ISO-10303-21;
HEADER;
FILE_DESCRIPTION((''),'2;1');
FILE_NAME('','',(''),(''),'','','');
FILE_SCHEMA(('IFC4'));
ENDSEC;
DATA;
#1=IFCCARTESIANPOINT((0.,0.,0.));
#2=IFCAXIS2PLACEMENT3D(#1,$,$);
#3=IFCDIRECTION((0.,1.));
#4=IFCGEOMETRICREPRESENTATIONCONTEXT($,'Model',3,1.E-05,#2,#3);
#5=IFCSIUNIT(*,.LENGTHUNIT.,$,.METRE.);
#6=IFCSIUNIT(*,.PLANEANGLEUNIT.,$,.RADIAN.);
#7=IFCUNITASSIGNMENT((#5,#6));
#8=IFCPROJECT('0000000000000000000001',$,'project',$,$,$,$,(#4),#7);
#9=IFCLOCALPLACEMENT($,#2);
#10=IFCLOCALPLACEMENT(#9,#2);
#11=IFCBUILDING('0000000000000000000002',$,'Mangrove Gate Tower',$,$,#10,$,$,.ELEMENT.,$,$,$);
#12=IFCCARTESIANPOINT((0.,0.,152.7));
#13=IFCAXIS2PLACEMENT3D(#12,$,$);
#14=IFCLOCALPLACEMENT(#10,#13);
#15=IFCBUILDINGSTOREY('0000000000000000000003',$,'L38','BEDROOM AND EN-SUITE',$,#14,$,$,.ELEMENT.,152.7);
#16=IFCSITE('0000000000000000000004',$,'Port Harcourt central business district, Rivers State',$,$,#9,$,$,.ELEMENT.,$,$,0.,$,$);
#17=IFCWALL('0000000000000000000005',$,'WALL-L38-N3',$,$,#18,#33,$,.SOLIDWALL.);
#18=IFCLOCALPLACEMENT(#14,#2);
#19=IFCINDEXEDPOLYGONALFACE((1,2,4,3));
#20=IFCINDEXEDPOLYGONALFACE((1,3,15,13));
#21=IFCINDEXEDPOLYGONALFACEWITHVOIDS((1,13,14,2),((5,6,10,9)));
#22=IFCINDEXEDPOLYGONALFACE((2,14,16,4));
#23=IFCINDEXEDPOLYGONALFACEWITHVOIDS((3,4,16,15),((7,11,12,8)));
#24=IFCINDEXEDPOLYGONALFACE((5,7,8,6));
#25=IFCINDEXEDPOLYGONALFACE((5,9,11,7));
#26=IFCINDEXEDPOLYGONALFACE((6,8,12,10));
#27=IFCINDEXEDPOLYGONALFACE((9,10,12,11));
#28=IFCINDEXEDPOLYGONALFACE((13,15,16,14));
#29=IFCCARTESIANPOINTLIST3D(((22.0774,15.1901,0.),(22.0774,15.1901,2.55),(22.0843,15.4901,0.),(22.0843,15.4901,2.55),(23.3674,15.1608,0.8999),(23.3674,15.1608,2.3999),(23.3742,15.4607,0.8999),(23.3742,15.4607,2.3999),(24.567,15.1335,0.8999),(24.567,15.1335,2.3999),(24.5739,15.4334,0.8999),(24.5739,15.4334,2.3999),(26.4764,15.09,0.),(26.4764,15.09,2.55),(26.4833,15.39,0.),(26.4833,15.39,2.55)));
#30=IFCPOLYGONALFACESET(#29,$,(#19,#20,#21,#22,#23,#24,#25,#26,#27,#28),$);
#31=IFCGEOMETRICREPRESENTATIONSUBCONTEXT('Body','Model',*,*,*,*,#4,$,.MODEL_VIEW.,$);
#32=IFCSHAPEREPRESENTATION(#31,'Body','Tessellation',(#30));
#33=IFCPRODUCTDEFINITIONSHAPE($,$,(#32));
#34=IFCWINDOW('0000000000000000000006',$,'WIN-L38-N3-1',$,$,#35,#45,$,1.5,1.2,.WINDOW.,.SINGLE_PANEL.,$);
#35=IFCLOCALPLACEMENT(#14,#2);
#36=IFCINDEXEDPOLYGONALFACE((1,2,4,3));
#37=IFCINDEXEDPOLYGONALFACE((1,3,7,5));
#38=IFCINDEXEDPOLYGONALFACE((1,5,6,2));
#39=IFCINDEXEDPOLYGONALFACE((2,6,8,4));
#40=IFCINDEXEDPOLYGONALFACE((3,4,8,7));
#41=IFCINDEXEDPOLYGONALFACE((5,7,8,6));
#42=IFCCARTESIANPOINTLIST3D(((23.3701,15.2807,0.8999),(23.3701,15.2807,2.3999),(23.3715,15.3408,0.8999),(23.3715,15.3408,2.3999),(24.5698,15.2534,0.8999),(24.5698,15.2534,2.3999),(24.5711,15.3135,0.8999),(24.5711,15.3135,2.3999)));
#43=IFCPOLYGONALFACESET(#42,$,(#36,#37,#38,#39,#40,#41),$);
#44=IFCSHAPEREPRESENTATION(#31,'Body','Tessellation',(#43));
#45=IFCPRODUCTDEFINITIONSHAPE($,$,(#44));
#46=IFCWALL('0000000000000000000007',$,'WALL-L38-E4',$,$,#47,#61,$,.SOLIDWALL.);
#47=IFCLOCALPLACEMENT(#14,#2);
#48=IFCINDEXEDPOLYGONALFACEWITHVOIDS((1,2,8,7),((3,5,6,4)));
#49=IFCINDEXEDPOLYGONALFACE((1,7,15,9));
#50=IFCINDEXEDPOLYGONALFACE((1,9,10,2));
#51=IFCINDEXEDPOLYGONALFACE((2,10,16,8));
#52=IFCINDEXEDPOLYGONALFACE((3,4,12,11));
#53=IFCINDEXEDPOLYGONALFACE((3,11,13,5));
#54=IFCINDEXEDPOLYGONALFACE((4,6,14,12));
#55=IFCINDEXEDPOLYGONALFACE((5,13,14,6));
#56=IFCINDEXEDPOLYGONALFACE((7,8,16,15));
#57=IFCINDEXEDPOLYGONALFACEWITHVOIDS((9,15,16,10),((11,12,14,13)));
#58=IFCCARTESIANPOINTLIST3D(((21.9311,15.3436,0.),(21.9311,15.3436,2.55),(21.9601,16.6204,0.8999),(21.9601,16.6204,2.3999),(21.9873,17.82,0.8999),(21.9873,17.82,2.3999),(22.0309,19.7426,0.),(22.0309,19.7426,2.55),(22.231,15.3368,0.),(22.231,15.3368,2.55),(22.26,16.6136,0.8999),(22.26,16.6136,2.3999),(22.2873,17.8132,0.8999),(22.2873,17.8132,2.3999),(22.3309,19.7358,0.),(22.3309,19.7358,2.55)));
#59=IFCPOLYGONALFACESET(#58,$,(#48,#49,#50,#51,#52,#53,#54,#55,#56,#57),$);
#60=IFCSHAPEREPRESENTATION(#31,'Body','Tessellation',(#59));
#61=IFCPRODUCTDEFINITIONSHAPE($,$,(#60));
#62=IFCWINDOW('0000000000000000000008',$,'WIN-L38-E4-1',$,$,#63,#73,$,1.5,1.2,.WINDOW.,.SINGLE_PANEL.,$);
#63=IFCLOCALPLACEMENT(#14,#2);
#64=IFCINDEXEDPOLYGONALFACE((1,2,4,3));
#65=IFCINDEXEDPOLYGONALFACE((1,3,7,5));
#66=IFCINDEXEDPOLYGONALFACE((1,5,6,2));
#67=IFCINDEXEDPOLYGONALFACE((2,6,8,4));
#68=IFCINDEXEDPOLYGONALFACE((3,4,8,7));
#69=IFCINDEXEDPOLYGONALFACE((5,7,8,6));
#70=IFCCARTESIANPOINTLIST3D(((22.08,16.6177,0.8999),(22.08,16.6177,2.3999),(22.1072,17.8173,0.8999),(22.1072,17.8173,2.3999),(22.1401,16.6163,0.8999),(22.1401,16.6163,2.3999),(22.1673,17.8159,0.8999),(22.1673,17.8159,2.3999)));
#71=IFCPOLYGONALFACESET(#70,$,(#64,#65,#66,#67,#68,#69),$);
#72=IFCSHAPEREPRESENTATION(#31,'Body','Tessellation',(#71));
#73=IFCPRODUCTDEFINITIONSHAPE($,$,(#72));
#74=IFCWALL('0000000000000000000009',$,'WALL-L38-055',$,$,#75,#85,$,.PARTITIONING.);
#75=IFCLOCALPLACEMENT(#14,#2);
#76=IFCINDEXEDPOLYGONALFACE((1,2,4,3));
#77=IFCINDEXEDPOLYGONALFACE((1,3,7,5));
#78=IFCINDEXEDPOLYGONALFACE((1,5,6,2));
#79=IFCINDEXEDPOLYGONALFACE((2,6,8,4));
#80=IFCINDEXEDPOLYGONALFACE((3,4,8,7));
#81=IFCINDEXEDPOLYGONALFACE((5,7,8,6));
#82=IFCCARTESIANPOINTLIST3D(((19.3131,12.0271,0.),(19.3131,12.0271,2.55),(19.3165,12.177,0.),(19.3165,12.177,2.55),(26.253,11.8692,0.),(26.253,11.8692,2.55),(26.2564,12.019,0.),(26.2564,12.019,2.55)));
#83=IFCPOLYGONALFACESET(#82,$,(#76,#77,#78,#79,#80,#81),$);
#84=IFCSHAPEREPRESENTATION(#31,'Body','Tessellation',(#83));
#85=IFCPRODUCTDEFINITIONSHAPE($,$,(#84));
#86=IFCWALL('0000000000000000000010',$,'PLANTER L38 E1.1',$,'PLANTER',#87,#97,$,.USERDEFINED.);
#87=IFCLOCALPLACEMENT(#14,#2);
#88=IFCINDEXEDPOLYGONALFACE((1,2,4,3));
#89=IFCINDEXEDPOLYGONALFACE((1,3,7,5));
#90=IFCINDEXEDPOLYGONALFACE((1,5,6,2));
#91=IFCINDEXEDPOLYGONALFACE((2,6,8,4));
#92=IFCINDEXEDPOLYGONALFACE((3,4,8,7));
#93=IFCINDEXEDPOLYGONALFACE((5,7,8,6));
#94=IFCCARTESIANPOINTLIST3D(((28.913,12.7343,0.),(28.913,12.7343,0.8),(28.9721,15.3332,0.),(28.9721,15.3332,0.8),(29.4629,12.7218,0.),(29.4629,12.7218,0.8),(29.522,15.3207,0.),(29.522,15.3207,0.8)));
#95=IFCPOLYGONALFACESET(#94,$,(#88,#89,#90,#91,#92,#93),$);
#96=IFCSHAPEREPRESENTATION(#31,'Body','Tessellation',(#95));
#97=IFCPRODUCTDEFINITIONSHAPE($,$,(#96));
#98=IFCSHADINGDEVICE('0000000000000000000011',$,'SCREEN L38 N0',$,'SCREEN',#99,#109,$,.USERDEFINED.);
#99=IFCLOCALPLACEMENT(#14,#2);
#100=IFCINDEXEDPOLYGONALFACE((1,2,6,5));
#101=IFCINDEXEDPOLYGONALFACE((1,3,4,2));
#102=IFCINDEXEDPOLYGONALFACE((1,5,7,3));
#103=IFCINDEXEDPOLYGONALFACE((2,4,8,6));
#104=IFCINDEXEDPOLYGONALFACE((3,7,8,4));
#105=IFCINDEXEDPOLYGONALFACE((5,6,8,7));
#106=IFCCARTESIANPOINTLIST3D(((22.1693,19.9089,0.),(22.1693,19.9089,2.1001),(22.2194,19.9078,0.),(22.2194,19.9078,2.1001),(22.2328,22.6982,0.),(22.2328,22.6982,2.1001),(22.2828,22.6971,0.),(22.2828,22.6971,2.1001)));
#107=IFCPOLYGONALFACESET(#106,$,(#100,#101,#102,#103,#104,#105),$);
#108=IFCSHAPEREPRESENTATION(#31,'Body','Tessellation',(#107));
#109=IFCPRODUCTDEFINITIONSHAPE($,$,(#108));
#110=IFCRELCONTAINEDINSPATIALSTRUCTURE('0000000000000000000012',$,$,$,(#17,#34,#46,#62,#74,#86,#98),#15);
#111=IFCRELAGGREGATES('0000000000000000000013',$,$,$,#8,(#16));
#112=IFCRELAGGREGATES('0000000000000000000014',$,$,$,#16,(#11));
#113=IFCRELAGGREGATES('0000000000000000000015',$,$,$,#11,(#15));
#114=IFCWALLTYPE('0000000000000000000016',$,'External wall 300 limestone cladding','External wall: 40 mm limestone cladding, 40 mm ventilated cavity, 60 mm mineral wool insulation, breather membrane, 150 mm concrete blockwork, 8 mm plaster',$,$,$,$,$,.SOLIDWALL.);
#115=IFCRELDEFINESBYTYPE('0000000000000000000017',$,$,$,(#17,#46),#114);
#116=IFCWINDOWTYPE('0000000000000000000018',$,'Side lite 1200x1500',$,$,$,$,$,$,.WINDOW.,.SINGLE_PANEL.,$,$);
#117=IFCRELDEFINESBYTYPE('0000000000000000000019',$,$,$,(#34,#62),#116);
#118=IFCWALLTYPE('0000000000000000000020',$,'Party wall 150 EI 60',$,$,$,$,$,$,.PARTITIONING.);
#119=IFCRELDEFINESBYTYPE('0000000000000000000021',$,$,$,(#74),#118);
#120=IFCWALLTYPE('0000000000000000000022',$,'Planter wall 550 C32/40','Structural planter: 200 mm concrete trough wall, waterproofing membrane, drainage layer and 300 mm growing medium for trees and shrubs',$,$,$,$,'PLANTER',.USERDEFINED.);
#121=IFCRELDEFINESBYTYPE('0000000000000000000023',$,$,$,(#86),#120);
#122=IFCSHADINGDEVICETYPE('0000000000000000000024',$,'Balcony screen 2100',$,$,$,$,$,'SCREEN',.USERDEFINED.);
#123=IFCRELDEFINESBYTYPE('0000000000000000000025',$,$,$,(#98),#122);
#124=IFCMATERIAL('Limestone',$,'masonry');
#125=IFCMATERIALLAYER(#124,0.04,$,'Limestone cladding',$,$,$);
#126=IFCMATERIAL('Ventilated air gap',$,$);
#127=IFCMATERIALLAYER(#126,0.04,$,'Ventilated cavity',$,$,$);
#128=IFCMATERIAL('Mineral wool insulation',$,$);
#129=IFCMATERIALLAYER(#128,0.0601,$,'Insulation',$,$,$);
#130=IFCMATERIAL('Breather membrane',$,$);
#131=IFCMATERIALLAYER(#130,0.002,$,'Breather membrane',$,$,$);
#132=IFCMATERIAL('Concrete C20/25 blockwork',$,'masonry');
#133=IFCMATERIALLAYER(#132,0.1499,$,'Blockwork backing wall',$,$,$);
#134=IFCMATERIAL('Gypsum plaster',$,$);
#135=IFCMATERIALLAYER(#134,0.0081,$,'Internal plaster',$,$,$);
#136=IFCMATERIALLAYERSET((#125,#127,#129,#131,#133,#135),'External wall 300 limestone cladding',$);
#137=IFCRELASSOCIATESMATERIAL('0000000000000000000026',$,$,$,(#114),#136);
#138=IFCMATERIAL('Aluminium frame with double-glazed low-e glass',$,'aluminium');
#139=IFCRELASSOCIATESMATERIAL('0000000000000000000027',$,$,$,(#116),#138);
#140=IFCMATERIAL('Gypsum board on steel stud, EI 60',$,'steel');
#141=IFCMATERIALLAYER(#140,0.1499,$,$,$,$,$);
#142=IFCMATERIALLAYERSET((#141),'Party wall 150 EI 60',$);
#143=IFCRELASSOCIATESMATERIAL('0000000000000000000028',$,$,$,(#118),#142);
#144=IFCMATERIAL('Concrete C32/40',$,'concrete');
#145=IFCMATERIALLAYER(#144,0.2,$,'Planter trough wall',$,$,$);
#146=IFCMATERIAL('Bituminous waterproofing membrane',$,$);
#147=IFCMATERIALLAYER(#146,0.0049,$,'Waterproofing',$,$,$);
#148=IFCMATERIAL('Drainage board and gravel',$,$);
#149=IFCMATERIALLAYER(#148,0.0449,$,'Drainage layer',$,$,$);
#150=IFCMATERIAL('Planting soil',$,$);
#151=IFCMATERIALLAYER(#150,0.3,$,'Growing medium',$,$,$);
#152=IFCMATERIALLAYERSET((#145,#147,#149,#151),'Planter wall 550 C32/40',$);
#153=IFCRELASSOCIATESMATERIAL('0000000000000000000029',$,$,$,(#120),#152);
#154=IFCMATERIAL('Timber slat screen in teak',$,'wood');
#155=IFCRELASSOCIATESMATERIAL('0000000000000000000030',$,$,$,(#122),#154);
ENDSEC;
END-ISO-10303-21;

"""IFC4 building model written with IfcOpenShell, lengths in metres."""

from ifc_helpers import new_model, si_unit, direction, frame, frame_2d, origin, origin_2d, place, context, subcontext, project, spatial, rectangle, extrude, material, layer, layer_set, type_object, element, fill, save


model = new_model("IFC4")

# Units and contexts
model_context = context("Model", 3, precision=1e-05, world=origin(), true_north=direction((0.0, 1.0)))
body_context = subcontext(model_context, "Body", "Model", "MODEL_VIEW")
ifc_project = project(units=[si_unit("LENGTHUNIT", "METRE"), si_unit("PLANEANGLEUNIT", "RADIAN")], contexts=[model_context])

# Site, building, storey
site_placement = place(None, origin())
site = spatial("IfcSite", under=ifc_project, at=site_placement, Name="Port Harcourt central business district, Rivers State", CompositionType="ELEMENT", RefElevation=0.0)
building_placement = place(site_placement, origin())
building = spatial("IfcBuilding", under=site, at=building_placement, Name="Mangrove Gate Tower", CompositionType="ELEMENT")
storey_placement = place(building_placement, frame((0.0, 0.0, 152.7)))
storey = spatial("IfcBuildingStorey", under=building, at=storey_placement, Name="L38", Description="BEDROOM AND EN-SUITE", CompositionType="ELEMENT", Elevation=152.7)

# Walls, openings, windows
ifc_material_1 = material(Name="Limestone", Category="masonry")
ifc_layer_1 = layer(ifc_material_1, 0.04, Name="Limestone cladding")
ifc_material_2 = material(Name="Ventilated air gap")
ifc_layer_2 = layer(ifc_material_2, 0.04, Name="Ventilated cavity")
ifc_material_3 = material(Name="Mineral wool insulation")
ifc_layer_3 = layer(ifc_material_3, 0.0601, Name="Insulation")
ifc_material_4 = material(Name="Breather membrane")
ifc_layer_4 = layer(ifc_material_4, 0.002, Name="Breather membrane")
ifc_material_5 = material(Name="Concrete C20/25 blockwork", Category="masonry")
ifc_layer_5 = layer(ifc_material_5, 0.1499, Name="Blockwork backing wall")
ifc_material_6 = material(Name="Gypsum plaster")
ifc_layer_6 = layer(ifc_material_6, 0.0081, Name="Internal plaster")
ifc_layer_set_1 = layer_set([ifc_layer_1, ifc_layer_2, ifc_layer_3, ifc_layer_4, ifc_layer_5, ifc_layer_6], Name="External wall 300 limestone cladding")
wall_type_1 = type_object("IfcWallType", Name="External wall 300 limestone cladding", Description="External wall: 40 mm limestone cladding, 40 mm ventilated cavity, 60 mm mineral wool insulation, breather membrane, 150 mm concrete blockwork, 8 mm plaster", PredefinedType="SOLIDWALL", material=ifc_layer_set_1)
wall_1_placement = place(storey_placement, frame((26.48, 15.24, 0.0), z_axis=(0.0, 0.0, 1.0), x_axis=(-0.999741, 0.022749, 0.0)))
wall_1 = element("IfcWall", 1, at=wall_1_placement, inside=storey, type_object=wall_type_1, Name="WALL-L38-N3", PredefinedType="SOLIDWALL", context=body_context, shape_type="SweptSolid", body=[
    extrude(rectangle(XDim=4.4001, YDim=0.3, at=frame_2d((2.2002, 0.0))), origin(), (0.0, 0.0, 1.0), 2.55),
])
opening_1_placement = place(wall_1_placement, frame((1.9099, 0.0, 0.8999)))
opening_1 = element("IfcOpeningElement", 2, at=opening_1_placement, cuts=wall_1, PredefinedType="OPENING", context=body_context, shape_type="SweptSolid", body=[
    extrude(rectangle(XDim=1.2, YDim=1.5, at=frame_2d((0.6001, 0.75))), frame((0.0, 0.1599, 0.0), z_axis=(0.0, -1.0, 0.0), x_axis=(1.0, 0.0, 0.0)), (0.0, 0.0, 1.0), 0.3201),
])
ifc_material_7 = material(Name="Aluminium frame with double-glazed low-e glass", Category="aluminium")
window_type_1 = type_object("IfcWindowType", Name="Side lite 1200x1500", PartitioningType="SINGLE_PANEL", PredefinedType="WINDOW", material=ifc_material_7)
window_1_placement = place(opening_1_placement, origin())
window_1 = element("IfcWindow", 3, at=window_1_placement, inside=storey, type_object=window_type_1, Name="WIN-L38-N3-1", OverallHeight=1.5, OverallWidth=1.2, PartitioningType="SINGLE_PANEL", PredefinedType="WINDOW", context=body_context, shape_type="SweptSolid", body=[
    extrude(rectangle(XDim=1.2, YDim=1.5, at=frame_2d((0.6001, 0.75))), frame((0.0, 0.03, 0.0), z_axis=(0.0, -1.0, 0.0), x_axis=(1.0, 0.0, 0.0)), (0.0, 0.0, 1.0), 0.0601),
])
fill(opening_1, window_1)
wall_2_placement = place(storey_placement, frame((22.0811, 15.3401, 0.0), z_axis=(0.0, 0.0, 1.0), x_axis=(0.022694, 0.999742, 0.0)))
wall_2 = element("IfcWall", 4, at=wall_2_placement, inside=storey, type_object=wall_type_1, Name="WALL-L38-E4", PredefinedType="SOLIDWALL", context=body_context, shape_type="SweptSolid", body=[
    extrude(rectangle(XDim=4.4001, YDim=0.3, at=frame_2d((2.2002, 0.0))), origin(), (0.0, 0.0, 1.0), 2.55),
])
opening_2_placement = place(wall_2_placement, frame((1.2771, 0.0, 0.8999)))
opening_2 = element("IfcOpeningElement", 5, at=opening_2_placement, cuts=wall_2, PredefinedType="OPENING", context=body_context, shape_type="SweptSolid", body=[
    extrude(rectangle(XDim=1.2, YDim=1.5, at=frame_2d((0.6001, 0.75))), frame((0.0, 0.1599, 0.0), z_axis=(0.0, -1.0, 0.0), x_axis=(1.0, 0.0, 0.0)), (0.0, 0.0, 1.0), 0.3201),
])
window_2_placement = place(opening_2_placement, origin())
window_2 = element("IfcWindow", 6, at=window_2_placement, inside=storey, type_object=window_type_1, Name="WIN-L38-E4-1", OverallHeight=1.5, OverallWidth=1.2, PartitioningType="SINGLE_PANEL", PredefinedType="WINDOW", context=body_context, shape_type="SweptSolid", body=[
    extrude(rectangle(XDim=1.2, YDim=1.5, at=frame_2d((0.6001, 0.75))), frame((0.0, 0.03, 0.0), z_axis=(0.0, -1.0, 0.0), x_axis=(1.0, 0.0, 0.0)), (0.0, 0.0, 1.0), 0.0601),
])
fill(opening_2, window_2)

# Walls
ifc_material_8 = material(Name="Gypsum board on steel stud, EI 60", Category="steel")
ifc_layer_7 = layer(ifc_material_8, 0.1499)
ifc_layer_set_2 = layer_set([ifc_layer_7], Name="Party wall 150 EI 60")
wall_type_2 = type_object("IfcWallType", Name="Party wall 150 EI 60", PredefinedType="PARTITIONING", material=ifc_layer_set_2)
wall_3_placement = place(storey_placement, frame((19.3149, 12.1021, 0.0), z_axis=(0.0, 0.0, 1.0), x_axis=(0.999741, -0.022755, 0.0)))
element("IfcWall", 7, at=wall_3_placement, inside=storey, type_object=wall_type_2, Name="WALL-L38-055", PredefinedType="PARTITIONING", context=body_context, shape_type="SweptSolid", body=[
    extrude(rectangle(XDim=6.9417, YDim=0.1499, at=frame_2d((3.4707, 0.0))), origin(), (0.0, 0.0, 1.0), 2.55),
])
ifc_material_9 = material(Name="Concrete C32/40", Category="concrete")
ifc_layer_8 = layer(ifc_material_9, 0.2, Name="Planter trough wall")
ifc_material_10 = material(Name="Bituminous waterproofing membrane")
ifc_layer_9 = layer(ifc_material_10, 0.0049, Name="Waterproofing")
ifc_material_11 = material(Name="Drainage board and gravel")
ifc_layer_10 = layer(ifc_material_11, 0.0449, Name="Drainage layer")
ifc_material_12 = material(Name="Planting soil")
ifc_layer_11 = layer(ifc_material_12, 0.3, Name="Growing medium")
ifc_layer_set_3 = layer_set([ifc_layer_8, ifc_layer_9, ifc_layer_10, ifc_layer_11], Name="Planter wall 550 C32/40")
wall_type_3 = type_object("IfcWallType", Name="Planter wall 550 C32/40", Description="Structural planter: 200 mm concrete trough wall, waterproofing membrane, drainage layer and 300 mm growing medium for trees and shrubs", ElementType="PLANTER", PredefinedType="USERDEFINED", material=ifc_layer_set_3)
wall_4_placement = place(storey_placement, frame((29.188, 12.728, 0.0), z_axis=(0.0, 0.0, 1.0), x_axis=(0.022728, 0.999742, 0.0)))
element("IfcWall", 8, at=wall_4_placement, inside=storey, type_object=wall_type_3, Name="PLANTER L38 E1.1", ObjectType="PLANTER", PredefinedType="USERDEFINED", context=body_context, shape_type="SweptSolid", body=[
    extrude(rectangle(XDim=2.5996, YDim=0.55, at=frame_2d((1.2998, 0.0))), origin(), (0.0, 0.0, 1.0), 0.8),
])

# Shading device
ifc_material_13 = material(Name="Timber slat screen in teak", Category="wood")
shading_device_type = type_object("IfcShadingDeviceType", Name="Balcony screen 2100", ElementType="SCREEN", PredefinedType="USERDEFINED", material=ifc_material_13)
shading_device_placement = place(storey_placement, frame((22.2261, 21.303, 0.0), z_axis=(0.0, 0.0, 1.0), x_axis=(0.02274, 0.999741, 0.0)))
element("IfcShadingDevice", 9, at=shading_device_placement, inside=storey, type_object=shading_device_type, Name="SCREEN L38 N0", ObjectType="SCREEN", PredefinedType="USERDEFINED", context=body_context, shape_type="SweptSolid", body=[
    extrude(rectangle(XDim=2.79, YDim=0.05, at=origin_2d()), origin(), (0.0, 0.0, 1.0), 2.1001),
])

save(model, "model.ifc")
